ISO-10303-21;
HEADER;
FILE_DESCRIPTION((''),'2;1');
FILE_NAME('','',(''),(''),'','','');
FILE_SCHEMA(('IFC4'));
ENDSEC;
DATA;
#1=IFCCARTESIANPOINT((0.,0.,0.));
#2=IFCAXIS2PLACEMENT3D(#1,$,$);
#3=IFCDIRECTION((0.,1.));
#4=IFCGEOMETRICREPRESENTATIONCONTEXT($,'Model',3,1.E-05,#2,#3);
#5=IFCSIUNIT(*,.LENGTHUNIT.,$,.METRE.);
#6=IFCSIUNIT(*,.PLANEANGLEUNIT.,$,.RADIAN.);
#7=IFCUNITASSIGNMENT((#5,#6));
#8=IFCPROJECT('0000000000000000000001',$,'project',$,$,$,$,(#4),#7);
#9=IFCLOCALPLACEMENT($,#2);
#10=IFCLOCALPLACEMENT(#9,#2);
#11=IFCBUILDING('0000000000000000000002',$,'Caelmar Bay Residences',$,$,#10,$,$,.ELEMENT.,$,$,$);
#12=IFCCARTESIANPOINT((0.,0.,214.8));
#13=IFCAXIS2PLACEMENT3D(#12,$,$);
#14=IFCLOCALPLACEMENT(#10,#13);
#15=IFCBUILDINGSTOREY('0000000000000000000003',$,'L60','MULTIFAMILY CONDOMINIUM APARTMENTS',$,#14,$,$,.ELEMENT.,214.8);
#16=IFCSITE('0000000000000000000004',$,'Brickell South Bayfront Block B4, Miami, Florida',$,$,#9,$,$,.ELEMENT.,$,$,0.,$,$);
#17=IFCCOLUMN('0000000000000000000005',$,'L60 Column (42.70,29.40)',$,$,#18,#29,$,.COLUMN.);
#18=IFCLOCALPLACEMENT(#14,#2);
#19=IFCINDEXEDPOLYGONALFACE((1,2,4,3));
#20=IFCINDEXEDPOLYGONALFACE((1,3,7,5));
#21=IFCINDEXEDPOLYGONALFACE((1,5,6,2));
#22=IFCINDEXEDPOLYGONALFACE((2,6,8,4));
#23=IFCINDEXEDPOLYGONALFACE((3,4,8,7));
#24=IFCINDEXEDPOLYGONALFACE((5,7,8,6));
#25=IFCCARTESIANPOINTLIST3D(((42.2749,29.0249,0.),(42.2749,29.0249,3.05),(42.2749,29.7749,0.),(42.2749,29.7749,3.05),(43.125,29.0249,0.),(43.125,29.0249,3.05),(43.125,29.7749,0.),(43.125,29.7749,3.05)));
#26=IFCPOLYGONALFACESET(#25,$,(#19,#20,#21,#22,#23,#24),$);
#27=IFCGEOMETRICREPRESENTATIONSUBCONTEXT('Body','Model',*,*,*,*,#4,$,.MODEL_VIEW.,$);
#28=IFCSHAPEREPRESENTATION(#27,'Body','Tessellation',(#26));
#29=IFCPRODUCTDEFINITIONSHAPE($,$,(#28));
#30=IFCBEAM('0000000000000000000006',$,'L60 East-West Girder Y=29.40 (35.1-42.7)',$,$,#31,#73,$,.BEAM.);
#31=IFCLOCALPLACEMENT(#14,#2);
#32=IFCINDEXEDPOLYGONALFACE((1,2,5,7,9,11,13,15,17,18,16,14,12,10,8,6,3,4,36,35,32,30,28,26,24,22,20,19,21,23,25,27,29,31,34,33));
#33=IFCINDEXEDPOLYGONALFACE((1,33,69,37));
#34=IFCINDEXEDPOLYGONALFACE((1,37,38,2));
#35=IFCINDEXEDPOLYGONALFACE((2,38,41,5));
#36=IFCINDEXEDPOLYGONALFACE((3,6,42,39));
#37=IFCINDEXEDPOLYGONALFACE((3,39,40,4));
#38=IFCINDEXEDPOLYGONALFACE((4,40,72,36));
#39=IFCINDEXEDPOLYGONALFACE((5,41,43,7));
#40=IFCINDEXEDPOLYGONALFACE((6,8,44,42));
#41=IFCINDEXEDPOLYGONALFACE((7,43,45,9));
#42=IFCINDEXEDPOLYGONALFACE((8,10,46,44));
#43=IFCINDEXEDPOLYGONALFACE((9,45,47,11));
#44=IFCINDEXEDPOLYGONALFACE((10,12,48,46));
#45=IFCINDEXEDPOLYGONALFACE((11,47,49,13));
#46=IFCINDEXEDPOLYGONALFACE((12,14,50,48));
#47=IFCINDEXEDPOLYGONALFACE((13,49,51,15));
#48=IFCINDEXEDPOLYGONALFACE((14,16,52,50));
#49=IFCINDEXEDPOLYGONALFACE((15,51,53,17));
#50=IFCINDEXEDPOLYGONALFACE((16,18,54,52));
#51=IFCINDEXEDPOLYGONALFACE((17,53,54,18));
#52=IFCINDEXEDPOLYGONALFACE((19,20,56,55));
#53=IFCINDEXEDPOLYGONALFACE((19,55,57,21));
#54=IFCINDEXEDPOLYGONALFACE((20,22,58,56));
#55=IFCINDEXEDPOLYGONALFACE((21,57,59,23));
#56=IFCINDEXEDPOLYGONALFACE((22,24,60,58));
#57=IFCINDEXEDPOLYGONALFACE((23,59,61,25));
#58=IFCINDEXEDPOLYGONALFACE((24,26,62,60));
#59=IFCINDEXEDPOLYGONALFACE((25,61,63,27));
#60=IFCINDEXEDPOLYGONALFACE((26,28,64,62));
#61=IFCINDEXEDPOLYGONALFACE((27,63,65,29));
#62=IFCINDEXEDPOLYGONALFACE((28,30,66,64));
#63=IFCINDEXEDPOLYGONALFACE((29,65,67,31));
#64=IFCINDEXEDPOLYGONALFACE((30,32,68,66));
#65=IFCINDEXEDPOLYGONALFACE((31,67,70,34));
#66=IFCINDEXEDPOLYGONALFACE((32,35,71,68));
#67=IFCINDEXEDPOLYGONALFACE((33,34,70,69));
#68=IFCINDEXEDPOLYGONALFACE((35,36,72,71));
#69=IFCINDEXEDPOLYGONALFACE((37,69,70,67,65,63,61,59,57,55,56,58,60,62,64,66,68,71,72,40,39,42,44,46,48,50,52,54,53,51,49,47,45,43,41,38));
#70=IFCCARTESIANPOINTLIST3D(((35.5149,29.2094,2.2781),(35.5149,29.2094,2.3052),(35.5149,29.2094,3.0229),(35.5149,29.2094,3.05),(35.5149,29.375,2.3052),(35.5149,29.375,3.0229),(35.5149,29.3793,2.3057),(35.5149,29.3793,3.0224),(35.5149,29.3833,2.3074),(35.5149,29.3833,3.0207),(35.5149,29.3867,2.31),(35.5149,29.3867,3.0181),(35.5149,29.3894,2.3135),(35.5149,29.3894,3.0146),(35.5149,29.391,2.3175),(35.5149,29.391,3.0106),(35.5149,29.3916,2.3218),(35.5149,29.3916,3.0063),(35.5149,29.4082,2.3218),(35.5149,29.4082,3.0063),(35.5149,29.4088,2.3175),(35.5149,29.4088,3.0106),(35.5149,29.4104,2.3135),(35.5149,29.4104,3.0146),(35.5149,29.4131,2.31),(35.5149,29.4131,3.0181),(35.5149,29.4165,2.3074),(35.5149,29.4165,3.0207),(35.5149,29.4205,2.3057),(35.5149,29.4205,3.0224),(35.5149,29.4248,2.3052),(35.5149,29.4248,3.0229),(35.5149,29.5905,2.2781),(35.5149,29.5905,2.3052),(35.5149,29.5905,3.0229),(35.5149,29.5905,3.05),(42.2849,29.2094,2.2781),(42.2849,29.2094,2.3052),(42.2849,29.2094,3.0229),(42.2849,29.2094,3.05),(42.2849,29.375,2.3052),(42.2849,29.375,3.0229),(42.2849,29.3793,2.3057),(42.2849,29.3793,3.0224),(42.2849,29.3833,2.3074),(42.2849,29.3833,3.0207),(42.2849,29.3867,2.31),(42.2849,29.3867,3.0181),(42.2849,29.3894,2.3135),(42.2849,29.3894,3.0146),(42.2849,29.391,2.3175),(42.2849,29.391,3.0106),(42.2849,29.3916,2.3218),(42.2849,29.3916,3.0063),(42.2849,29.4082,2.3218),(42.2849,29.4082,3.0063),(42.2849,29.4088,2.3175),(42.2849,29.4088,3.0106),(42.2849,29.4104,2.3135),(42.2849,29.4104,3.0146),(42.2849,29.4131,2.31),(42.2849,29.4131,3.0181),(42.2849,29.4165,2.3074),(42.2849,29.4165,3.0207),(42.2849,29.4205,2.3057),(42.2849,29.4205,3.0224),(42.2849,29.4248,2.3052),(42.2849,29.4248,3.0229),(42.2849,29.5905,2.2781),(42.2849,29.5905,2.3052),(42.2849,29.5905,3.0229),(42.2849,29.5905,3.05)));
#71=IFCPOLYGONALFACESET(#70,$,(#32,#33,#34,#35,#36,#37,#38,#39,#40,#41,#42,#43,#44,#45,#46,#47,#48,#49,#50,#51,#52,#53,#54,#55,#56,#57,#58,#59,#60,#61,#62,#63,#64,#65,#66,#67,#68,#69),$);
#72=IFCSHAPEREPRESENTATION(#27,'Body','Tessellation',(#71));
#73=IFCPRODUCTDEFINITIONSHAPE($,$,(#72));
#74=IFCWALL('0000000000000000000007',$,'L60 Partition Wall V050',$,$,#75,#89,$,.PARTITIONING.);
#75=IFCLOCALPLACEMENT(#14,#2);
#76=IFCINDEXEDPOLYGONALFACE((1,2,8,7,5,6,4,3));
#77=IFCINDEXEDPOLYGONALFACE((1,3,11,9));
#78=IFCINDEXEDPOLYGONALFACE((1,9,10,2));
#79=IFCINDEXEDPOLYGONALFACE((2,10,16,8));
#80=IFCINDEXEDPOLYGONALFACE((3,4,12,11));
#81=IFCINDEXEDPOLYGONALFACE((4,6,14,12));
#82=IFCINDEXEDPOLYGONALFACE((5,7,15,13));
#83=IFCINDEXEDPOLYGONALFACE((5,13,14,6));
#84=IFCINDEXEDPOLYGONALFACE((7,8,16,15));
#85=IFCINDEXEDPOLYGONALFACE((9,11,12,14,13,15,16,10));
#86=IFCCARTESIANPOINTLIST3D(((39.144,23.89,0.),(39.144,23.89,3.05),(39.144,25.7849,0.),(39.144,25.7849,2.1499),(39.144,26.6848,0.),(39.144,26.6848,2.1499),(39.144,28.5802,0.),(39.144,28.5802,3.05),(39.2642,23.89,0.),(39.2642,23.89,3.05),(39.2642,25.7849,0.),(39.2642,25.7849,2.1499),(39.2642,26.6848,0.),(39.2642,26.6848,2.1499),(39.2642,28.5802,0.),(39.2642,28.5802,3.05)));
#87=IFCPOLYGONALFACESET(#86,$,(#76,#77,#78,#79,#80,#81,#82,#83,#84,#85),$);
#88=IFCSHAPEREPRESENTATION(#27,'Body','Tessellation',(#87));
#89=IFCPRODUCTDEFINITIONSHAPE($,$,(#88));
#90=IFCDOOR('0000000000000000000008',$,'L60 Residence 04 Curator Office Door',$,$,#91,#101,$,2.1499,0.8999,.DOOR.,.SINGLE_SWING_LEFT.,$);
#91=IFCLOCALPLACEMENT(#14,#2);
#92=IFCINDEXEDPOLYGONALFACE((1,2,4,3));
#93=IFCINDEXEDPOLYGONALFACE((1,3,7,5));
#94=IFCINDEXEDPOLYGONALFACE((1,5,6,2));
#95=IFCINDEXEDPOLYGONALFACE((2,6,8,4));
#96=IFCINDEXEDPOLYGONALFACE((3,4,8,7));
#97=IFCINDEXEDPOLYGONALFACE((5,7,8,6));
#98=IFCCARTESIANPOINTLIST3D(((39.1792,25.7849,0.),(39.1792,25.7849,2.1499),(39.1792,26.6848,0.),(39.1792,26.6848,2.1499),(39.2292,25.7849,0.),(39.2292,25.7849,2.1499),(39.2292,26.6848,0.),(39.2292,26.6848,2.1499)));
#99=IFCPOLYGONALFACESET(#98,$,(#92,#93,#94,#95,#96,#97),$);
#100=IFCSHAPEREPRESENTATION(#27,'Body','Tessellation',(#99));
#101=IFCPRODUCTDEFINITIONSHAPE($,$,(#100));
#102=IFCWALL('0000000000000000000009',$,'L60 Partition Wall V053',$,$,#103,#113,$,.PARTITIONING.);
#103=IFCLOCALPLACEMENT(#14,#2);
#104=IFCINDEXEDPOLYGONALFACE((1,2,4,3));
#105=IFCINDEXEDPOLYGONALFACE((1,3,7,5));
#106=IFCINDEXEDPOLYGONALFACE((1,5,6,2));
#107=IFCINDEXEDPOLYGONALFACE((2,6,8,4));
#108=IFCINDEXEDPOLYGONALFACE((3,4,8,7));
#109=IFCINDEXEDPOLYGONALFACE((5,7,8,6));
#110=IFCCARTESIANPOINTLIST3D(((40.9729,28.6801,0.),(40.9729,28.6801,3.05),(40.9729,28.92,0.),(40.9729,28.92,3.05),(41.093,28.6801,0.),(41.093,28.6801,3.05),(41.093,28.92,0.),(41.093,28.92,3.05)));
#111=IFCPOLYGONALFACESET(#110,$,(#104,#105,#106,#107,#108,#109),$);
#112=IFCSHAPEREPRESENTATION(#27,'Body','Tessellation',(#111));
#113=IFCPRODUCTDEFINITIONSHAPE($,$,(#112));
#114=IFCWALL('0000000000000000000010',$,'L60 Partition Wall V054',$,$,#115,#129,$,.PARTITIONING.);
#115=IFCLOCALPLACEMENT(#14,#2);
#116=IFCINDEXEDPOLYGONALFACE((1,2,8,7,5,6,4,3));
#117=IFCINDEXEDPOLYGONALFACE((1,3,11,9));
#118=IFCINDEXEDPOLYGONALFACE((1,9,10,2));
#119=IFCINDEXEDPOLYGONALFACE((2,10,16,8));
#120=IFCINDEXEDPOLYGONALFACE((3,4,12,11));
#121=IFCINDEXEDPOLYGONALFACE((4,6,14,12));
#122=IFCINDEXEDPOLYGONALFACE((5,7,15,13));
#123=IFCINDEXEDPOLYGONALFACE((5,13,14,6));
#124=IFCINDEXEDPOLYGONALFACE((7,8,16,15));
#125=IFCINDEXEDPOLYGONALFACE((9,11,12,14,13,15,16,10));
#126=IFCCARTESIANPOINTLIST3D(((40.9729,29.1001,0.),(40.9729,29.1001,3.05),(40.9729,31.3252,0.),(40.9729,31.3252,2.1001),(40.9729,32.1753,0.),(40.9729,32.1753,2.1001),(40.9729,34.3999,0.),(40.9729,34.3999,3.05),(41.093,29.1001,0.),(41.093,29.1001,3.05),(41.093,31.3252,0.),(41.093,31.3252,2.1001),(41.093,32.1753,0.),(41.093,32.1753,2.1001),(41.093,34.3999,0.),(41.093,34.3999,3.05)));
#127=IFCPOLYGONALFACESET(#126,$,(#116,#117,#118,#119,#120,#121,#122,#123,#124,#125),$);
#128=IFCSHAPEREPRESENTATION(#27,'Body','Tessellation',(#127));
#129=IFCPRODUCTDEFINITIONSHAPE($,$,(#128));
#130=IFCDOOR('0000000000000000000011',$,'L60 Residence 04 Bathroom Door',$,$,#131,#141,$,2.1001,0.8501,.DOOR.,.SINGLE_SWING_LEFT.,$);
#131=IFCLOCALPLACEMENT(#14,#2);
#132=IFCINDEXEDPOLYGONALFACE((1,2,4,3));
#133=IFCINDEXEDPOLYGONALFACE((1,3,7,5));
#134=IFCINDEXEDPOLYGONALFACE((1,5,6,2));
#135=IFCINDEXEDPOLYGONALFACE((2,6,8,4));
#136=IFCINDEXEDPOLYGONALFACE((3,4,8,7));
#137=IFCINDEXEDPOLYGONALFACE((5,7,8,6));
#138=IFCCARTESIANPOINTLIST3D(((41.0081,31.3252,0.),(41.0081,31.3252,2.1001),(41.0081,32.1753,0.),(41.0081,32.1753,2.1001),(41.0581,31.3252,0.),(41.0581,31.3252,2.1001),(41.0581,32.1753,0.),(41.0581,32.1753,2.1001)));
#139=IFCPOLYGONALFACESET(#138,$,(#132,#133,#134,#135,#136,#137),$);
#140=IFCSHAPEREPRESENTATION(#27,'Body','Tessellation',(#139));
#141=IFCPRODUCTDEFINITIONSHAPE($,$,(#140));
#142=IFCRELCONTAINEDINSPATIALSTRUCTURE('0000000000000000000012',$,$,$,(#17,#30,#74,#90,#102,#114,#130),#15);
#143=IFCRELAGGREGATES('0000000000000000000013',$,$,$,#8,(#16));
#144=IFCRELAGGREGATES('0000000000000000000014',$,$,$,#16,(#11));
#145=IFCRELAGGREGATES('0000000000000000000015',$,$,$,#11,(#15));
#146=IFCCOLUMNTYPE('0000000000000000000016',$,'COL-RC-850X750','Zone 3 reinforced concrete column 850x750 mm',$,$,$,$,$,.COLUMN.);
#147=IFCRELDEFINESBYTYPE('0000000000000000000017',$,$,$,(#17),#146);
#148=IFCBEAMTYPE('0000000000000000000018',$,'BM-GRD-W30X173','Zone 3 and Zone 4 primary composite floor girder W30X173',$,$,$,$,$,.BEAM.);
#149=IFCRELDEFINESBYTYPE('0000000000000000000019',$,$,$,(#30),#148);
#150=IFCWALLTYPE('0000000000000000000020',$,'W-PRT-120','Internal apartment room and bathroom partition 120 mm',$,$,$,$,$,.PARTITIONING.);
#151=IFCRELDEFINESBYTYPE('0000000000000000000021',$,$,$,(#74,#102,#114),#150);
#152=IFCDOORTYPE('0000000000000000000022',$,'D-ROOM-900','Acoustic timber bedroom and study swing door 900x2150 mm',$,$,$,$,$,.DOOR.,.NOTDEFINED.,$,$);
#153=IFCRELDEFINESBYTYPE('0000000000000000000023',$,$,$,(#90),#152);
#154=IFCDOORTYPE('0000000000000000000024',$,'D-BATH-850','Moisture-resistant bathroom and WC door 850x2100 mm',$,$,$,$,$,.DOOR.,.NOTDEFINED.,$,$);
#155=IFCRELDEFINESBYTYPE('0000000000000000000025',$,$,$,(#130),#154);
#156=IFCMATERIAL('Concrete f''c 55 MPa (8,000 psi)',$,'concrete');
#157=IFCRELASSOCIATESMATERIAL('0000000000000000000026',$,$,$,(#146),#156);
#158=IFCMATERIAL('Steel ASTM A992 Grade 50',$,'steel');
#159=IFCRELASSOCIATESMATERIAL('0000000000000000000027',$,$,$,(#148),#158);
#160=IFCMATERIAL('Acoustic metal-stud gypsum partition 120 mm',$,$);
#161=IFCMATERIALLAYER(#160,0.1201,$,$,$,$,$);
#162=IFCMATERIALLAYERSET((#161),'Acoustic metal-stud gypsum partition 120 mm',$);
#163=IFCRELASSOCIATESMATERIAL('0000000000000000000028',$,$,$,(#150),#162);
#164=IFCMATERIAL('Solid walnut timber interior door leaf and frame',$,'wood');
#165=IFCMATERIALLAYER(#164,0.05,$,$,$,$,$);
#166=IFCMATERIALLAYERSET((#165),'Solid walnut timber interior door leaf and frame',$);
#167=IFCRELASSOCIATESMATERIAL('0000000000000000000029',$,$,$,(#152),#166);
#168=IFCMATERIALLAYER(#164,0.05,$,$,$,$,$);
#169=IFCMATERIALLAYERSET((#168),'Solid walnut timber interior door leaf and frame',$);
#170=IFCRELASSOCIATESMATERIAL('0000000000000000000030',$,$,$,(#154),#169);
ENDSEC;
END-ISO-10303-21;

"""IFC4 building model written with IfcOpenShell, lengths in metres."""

from ifc_helpers import new_model, si_unit, direction, frame, frame_2d, origin, origin_2d, place, context, subcontext, project, spatial, rectangle, i_section, extrude, material, layer, layer_set, material_profile, profile_set, type_object, element, fill, save


model = new_model("IFC4")

# Units and contexts
model_context = context("Model", 3, precision=1e-05, world=origin(), true_north=direction((0.0, 1.0)))
body_context = subcontext(model_context, "Body", "Model", "MODEL_VIEW")
ifc_project = project(units=[si_unit("LENGTHUNIT", "METRE"), si_unit("PLANEANGLEUNIT", "RADIAN")], contexts=[model_context])

# Site, building, storey
site_placement = place(None, origin())
site = spatial("IfcSite", under=ifc_project, at=site_placement, Name="Brickell South Bayfront Block B4, Miami, Florida", CompositionType="ELEMENT", RefElevation=0.0)
building_placement = place(site_placement, origin())
building = spatial("IfcBuilding", under=site, at=building_placement, Name="Caelmar Bay Residences", CompositionType="ELEMENT")
storey_placement = place(building_placement, frame((0.0, 0.0, 214.8)))
storey = spatial("IfcBuildingStorey", under=building, at=storey_placement, Name="L60", Description="MULTIFAMILY CONDOMINIUM APARTMENTS", CompositionType="ELEMENT", Elevation=214.8)

# Column
ifc_material_1 = material(Name="Concrete f'c 55 MPa (8,000 psi)", Category="concrete")
ifc_material_profile_1 = material_profile(ifc_material_1, rectangle(XDim=0.8501, YDim=0.75, at=origin_2d()), Name="RC-COL-850X750")
ifc_profile_set_1 = profile_set([ifc_material_profile_1], Name="Concrete f'c 55 MPa (8,000 psi)")
column_type = type_object("IfcColumnType", Name="COL-RC-850X750", Description="Zone 3 reinforced concrete column 850x750 mm", PredefinedType="COLUMN", material=ifc_profile_set_1)
column_placement = place(storey_placement, frame((42.7, 29.3999, 0.0), z_axis=(0.0, 0.0, 1.0), x_axis=(1.0, 0.0, 0.0)))
element("IfcColumn", 1, at=column_placement, inside=storey, type_object=column_type, Name="L60 Column (42.70,29.40)", PredefinedType="COLUMN", context=body_context, shape_type="SweptSolid", body=[
    extrude(rectangle(XDim=0.8501, YDim=0.75, at=origin_2d()), origin(), (0.0, 0.0, 1.0), 3.05),
])

# Beam
ifc_material_2 = material(Name="Steel ASTM A992 Grade 50", Category="steel")
ifc_material_profile_2 = material_profile(ifc_material_2, i_section(OverallWidth=0.3811, OverallDepth=0.772, WebThickness=0.0166, FlangeThickness=0.0271, FilletRadius=0.0166, at=origin_2d()), Name="W30X173")
ifc_profile_set_2 = profile_set([ifc_material_profile_2], Name="Steel ASTM A992 Grade 50")
beam_type = type_object("IfcBeamType", Name="BM-GRD-W30X173", Description="Zone 3 and Zone 4 primary composite floor girder W30X173", PredefinedType="BEAM", material=ifc_profile_set_2)
beam_placement = place(storey_placement, frame((35.5149, 29.3999, 2.6641), z_axis=(1.0, 0.0, 0.0), x_axis=(0.0, 1.0, 0.0)))
element("IfcBeam", 2, at=beam_placement, inside=storey, type_object=beam_type, Name="L60 East-West Girder Y=29.40 (35.1-42.7)", PredefinedType="BEAM", context=body_context, shape_type="SweptSolid", body=[
    extrude(i_section(OverallWidth=0.3811, OverallDepth=0.772, WebThickness=0.0166, FlangeThickness=0.0271, FilletRadius=0.0166, at=origin_2d()), origin(), (0.0, 0.0, 1.0), 6.77),
])

# Wall, opening, door
ifc_material_3 = material(Name="Acoustic metal-stud gypsum partition 120 mm")
ifc_layer_1 = layer(ifc_material_3, 0.1201)
ifc_layer_set_1 = layer_set([ifc_layer_1], Name="Acoustic metal-stud gypsum partition 120 mm")
wall_type_1 = type_object("IfcWallType", Name="W-PRT-120", Description="Internal apartment room and bathroom partition 120 mm", PredefinedType="PARTITIONING", material=ifc_layer_set_1)
wall_1_placement = place(storey_placement, frame((39.2041, 23.8899, 0.0), z_axis=(0.0, 0.0, 1.0), x_axis=(0.0, 1.0, 0.0)))
wall_1 = element("IfcWall", 3, at=wall_1_placement, inside=storey, type_object=wall_type_1, Name="L60 Partition Wall V050", PredefinedType="PARTITIONING", context=body_context, shape_type="SweptSolid", body=[
    extrude(rectangle(XDim=4.6902, YDim=0.1201, at=frame_2d((2.3452, 0.0))), origin(), (0.0, 0.0, 1.0), 3.05),
])
opening_1_placement = place(wall_1_placement, frame((1.895, 0.0, 0.0)))
opening_1 = element("IfcOpeningElement", 4, at=opening_1_placement, cuts=wall_1, PredefinedType="OPENING", context=body_context, shape_type="SweptSolid", body=[
    extrude(rectangle(XDim=0.8999, YDim=2.1499, at=frame_2d((0.45, 1.075))), frame((0.0, 0.0701, 0.0), z_axis=(0.0, -1.0, 0.0), x_axis=(1.0, 0.0, 0.0)), (0.0, 0.0, 1.0), 0.1401),
])
ifc_material_4 = material(Name="Solid walnut timber interior door leaf and frame", Category="wood")
ifc_layer_2 = layer(ifc_material_4, 0.05)
ifc_layer_set_2 = layer_set([ifc_layer_2], Name="Solid walnut timber interior door leaf and frame")
door_type_1 = type_object("IfcDoorType", Name="D-ROOM-900", Description="Acoustic timber bedroom and study swing door 900x2150 mm", OperationType="NOTDEFINED", PredefinedType="DOOR", material=ifc_layer_set_2)
door_1_placement = place(opening_1_placement, origin())
door_1 = element("IfcDoor", 5, at=door_1_placement, inside=storey, type_object=door_type_1, Name="L60 Residence 04 Curator Office Door", OperationType="SINGLE_SWING_LEFT", OverallHeight=2.1499, OverallWidth=0.8999, PredefinedType="DOOR", context=body_context, shape_type="SweptSolid", body=[
    extrude(rectangle(XDim=0.8999, YDim=2.1499, at=frame_2d((0.45, 1.075))), frame((0.0, 0.0249, 0.0), z_axis=(0.0, -1.0, 0.0), x_axis=(1.0, 0.0, 0.0)), (0.0, 0.0, 1.0), 0.05),
])
fill(opening_1, door_1)

# Wall
wall_2_placement = place(storey_placement, frame((41.033, 28.6799, 0.0), z_axis=(0.0, 0.0, 1.0), x_axis=(0.0, 1.0, 0.0)))
element("IfcWall", 6, at=wall_2_placement, inside=storey, type_object=wall_type_1, Name="L60 Partition Wall V053", PredefinedType="PARTITIONING", context=body_context, shape_type="SweptSolid", body=[
    extrude(rectangle(XDim=0.24, YDim=0.1201, at=frame_2d((0.1201, 0.0))), origin(), (0.0, 0.0, 1.0), 3.05),
])

# Wall, opening, door
wall_3_placement = place(storey_placement, frame((41.033, 29.1001, 0.0), z_axis=(0.0, 0.0, 1.0), x_axis=(0.0, 1.0, 0.0)))
wall_3 = element("IfcWall", 7, at=wall_3_placement, inside=storey, type_object=wall_type_1, Name="L60 Partition Wall V054", PredefinedType="PARTITIONING", context=body_context, shape_type="SweptSolid", body=[
    extrude(rectangle(XDim=5.2998, YDim=0.1201, at=frame_2d((2.6499, 0.0))), origin(), (0.0, 0.0, 1.0), 3.05),
])
opening_2_placement = place(wall_3_placement, frame((2.2251, 0.0, 0.0)))
opening_2 = element("IfcOpeningElement", 8, at=opening_2_placement, cuts=wall_3, PredefinedType="OPENING", context=body_context, shape_type="SweptSolid", body=[
    extrude(rectangle(XDim=0.8501, YDim=2.1001, at=frame_2d((0.425, 1.05))), frame((0.0, 0.0701, 0.0), z_axis=(0.0, -1.0, 0.0), x_axis=(1.0, 0.0, 0.0)), (0.0, 0.0, 1.0), 0.1401),
])
ifc_layer_3 = layer(ifc_material_4, 0.05)
ifc_layer_set_3 = layer_set([ifc_layer_3], Name="Solid walnut timber interior door leaf and frame")
door_type_2 = type_object("IfcDoorType", Name="D-BATH-850", Description="Moisture-resistant bathroom and WC door 850x2100 mm", OperationType="NOTDEFINED", PredefinedType="DOOR", material=ifc_layer_set_3)
door_2_placement = place(opening_2_placement, origin())
door_2 = element("IfcDoor", 9, at=door_2_placement, inside=storey, type_object=door_type_2, Name="L60 Residence 04 Bathroom Door", OperationType="SINGLE_SWING_LEFT", OverallHeight=2.1001, OverallWidth=0.8501, PredefinedType="DOOR", context=body_context, shape_type="SweptSolid", body=[
    extrude(rectangle(XDim=0.8501, YDim=2.1001, at=frame_2d((0.425, 1.05))), frame((0.0, 0.0249, 0.0), z_axis=(0.0, -1.0, 0.0), x_axis=(1.0, 0.0, 0.0)), (0.0, 0.0, 1.0), 0.05),
])
fill(opening_2, door_2)

save(model, "model.ifc")
